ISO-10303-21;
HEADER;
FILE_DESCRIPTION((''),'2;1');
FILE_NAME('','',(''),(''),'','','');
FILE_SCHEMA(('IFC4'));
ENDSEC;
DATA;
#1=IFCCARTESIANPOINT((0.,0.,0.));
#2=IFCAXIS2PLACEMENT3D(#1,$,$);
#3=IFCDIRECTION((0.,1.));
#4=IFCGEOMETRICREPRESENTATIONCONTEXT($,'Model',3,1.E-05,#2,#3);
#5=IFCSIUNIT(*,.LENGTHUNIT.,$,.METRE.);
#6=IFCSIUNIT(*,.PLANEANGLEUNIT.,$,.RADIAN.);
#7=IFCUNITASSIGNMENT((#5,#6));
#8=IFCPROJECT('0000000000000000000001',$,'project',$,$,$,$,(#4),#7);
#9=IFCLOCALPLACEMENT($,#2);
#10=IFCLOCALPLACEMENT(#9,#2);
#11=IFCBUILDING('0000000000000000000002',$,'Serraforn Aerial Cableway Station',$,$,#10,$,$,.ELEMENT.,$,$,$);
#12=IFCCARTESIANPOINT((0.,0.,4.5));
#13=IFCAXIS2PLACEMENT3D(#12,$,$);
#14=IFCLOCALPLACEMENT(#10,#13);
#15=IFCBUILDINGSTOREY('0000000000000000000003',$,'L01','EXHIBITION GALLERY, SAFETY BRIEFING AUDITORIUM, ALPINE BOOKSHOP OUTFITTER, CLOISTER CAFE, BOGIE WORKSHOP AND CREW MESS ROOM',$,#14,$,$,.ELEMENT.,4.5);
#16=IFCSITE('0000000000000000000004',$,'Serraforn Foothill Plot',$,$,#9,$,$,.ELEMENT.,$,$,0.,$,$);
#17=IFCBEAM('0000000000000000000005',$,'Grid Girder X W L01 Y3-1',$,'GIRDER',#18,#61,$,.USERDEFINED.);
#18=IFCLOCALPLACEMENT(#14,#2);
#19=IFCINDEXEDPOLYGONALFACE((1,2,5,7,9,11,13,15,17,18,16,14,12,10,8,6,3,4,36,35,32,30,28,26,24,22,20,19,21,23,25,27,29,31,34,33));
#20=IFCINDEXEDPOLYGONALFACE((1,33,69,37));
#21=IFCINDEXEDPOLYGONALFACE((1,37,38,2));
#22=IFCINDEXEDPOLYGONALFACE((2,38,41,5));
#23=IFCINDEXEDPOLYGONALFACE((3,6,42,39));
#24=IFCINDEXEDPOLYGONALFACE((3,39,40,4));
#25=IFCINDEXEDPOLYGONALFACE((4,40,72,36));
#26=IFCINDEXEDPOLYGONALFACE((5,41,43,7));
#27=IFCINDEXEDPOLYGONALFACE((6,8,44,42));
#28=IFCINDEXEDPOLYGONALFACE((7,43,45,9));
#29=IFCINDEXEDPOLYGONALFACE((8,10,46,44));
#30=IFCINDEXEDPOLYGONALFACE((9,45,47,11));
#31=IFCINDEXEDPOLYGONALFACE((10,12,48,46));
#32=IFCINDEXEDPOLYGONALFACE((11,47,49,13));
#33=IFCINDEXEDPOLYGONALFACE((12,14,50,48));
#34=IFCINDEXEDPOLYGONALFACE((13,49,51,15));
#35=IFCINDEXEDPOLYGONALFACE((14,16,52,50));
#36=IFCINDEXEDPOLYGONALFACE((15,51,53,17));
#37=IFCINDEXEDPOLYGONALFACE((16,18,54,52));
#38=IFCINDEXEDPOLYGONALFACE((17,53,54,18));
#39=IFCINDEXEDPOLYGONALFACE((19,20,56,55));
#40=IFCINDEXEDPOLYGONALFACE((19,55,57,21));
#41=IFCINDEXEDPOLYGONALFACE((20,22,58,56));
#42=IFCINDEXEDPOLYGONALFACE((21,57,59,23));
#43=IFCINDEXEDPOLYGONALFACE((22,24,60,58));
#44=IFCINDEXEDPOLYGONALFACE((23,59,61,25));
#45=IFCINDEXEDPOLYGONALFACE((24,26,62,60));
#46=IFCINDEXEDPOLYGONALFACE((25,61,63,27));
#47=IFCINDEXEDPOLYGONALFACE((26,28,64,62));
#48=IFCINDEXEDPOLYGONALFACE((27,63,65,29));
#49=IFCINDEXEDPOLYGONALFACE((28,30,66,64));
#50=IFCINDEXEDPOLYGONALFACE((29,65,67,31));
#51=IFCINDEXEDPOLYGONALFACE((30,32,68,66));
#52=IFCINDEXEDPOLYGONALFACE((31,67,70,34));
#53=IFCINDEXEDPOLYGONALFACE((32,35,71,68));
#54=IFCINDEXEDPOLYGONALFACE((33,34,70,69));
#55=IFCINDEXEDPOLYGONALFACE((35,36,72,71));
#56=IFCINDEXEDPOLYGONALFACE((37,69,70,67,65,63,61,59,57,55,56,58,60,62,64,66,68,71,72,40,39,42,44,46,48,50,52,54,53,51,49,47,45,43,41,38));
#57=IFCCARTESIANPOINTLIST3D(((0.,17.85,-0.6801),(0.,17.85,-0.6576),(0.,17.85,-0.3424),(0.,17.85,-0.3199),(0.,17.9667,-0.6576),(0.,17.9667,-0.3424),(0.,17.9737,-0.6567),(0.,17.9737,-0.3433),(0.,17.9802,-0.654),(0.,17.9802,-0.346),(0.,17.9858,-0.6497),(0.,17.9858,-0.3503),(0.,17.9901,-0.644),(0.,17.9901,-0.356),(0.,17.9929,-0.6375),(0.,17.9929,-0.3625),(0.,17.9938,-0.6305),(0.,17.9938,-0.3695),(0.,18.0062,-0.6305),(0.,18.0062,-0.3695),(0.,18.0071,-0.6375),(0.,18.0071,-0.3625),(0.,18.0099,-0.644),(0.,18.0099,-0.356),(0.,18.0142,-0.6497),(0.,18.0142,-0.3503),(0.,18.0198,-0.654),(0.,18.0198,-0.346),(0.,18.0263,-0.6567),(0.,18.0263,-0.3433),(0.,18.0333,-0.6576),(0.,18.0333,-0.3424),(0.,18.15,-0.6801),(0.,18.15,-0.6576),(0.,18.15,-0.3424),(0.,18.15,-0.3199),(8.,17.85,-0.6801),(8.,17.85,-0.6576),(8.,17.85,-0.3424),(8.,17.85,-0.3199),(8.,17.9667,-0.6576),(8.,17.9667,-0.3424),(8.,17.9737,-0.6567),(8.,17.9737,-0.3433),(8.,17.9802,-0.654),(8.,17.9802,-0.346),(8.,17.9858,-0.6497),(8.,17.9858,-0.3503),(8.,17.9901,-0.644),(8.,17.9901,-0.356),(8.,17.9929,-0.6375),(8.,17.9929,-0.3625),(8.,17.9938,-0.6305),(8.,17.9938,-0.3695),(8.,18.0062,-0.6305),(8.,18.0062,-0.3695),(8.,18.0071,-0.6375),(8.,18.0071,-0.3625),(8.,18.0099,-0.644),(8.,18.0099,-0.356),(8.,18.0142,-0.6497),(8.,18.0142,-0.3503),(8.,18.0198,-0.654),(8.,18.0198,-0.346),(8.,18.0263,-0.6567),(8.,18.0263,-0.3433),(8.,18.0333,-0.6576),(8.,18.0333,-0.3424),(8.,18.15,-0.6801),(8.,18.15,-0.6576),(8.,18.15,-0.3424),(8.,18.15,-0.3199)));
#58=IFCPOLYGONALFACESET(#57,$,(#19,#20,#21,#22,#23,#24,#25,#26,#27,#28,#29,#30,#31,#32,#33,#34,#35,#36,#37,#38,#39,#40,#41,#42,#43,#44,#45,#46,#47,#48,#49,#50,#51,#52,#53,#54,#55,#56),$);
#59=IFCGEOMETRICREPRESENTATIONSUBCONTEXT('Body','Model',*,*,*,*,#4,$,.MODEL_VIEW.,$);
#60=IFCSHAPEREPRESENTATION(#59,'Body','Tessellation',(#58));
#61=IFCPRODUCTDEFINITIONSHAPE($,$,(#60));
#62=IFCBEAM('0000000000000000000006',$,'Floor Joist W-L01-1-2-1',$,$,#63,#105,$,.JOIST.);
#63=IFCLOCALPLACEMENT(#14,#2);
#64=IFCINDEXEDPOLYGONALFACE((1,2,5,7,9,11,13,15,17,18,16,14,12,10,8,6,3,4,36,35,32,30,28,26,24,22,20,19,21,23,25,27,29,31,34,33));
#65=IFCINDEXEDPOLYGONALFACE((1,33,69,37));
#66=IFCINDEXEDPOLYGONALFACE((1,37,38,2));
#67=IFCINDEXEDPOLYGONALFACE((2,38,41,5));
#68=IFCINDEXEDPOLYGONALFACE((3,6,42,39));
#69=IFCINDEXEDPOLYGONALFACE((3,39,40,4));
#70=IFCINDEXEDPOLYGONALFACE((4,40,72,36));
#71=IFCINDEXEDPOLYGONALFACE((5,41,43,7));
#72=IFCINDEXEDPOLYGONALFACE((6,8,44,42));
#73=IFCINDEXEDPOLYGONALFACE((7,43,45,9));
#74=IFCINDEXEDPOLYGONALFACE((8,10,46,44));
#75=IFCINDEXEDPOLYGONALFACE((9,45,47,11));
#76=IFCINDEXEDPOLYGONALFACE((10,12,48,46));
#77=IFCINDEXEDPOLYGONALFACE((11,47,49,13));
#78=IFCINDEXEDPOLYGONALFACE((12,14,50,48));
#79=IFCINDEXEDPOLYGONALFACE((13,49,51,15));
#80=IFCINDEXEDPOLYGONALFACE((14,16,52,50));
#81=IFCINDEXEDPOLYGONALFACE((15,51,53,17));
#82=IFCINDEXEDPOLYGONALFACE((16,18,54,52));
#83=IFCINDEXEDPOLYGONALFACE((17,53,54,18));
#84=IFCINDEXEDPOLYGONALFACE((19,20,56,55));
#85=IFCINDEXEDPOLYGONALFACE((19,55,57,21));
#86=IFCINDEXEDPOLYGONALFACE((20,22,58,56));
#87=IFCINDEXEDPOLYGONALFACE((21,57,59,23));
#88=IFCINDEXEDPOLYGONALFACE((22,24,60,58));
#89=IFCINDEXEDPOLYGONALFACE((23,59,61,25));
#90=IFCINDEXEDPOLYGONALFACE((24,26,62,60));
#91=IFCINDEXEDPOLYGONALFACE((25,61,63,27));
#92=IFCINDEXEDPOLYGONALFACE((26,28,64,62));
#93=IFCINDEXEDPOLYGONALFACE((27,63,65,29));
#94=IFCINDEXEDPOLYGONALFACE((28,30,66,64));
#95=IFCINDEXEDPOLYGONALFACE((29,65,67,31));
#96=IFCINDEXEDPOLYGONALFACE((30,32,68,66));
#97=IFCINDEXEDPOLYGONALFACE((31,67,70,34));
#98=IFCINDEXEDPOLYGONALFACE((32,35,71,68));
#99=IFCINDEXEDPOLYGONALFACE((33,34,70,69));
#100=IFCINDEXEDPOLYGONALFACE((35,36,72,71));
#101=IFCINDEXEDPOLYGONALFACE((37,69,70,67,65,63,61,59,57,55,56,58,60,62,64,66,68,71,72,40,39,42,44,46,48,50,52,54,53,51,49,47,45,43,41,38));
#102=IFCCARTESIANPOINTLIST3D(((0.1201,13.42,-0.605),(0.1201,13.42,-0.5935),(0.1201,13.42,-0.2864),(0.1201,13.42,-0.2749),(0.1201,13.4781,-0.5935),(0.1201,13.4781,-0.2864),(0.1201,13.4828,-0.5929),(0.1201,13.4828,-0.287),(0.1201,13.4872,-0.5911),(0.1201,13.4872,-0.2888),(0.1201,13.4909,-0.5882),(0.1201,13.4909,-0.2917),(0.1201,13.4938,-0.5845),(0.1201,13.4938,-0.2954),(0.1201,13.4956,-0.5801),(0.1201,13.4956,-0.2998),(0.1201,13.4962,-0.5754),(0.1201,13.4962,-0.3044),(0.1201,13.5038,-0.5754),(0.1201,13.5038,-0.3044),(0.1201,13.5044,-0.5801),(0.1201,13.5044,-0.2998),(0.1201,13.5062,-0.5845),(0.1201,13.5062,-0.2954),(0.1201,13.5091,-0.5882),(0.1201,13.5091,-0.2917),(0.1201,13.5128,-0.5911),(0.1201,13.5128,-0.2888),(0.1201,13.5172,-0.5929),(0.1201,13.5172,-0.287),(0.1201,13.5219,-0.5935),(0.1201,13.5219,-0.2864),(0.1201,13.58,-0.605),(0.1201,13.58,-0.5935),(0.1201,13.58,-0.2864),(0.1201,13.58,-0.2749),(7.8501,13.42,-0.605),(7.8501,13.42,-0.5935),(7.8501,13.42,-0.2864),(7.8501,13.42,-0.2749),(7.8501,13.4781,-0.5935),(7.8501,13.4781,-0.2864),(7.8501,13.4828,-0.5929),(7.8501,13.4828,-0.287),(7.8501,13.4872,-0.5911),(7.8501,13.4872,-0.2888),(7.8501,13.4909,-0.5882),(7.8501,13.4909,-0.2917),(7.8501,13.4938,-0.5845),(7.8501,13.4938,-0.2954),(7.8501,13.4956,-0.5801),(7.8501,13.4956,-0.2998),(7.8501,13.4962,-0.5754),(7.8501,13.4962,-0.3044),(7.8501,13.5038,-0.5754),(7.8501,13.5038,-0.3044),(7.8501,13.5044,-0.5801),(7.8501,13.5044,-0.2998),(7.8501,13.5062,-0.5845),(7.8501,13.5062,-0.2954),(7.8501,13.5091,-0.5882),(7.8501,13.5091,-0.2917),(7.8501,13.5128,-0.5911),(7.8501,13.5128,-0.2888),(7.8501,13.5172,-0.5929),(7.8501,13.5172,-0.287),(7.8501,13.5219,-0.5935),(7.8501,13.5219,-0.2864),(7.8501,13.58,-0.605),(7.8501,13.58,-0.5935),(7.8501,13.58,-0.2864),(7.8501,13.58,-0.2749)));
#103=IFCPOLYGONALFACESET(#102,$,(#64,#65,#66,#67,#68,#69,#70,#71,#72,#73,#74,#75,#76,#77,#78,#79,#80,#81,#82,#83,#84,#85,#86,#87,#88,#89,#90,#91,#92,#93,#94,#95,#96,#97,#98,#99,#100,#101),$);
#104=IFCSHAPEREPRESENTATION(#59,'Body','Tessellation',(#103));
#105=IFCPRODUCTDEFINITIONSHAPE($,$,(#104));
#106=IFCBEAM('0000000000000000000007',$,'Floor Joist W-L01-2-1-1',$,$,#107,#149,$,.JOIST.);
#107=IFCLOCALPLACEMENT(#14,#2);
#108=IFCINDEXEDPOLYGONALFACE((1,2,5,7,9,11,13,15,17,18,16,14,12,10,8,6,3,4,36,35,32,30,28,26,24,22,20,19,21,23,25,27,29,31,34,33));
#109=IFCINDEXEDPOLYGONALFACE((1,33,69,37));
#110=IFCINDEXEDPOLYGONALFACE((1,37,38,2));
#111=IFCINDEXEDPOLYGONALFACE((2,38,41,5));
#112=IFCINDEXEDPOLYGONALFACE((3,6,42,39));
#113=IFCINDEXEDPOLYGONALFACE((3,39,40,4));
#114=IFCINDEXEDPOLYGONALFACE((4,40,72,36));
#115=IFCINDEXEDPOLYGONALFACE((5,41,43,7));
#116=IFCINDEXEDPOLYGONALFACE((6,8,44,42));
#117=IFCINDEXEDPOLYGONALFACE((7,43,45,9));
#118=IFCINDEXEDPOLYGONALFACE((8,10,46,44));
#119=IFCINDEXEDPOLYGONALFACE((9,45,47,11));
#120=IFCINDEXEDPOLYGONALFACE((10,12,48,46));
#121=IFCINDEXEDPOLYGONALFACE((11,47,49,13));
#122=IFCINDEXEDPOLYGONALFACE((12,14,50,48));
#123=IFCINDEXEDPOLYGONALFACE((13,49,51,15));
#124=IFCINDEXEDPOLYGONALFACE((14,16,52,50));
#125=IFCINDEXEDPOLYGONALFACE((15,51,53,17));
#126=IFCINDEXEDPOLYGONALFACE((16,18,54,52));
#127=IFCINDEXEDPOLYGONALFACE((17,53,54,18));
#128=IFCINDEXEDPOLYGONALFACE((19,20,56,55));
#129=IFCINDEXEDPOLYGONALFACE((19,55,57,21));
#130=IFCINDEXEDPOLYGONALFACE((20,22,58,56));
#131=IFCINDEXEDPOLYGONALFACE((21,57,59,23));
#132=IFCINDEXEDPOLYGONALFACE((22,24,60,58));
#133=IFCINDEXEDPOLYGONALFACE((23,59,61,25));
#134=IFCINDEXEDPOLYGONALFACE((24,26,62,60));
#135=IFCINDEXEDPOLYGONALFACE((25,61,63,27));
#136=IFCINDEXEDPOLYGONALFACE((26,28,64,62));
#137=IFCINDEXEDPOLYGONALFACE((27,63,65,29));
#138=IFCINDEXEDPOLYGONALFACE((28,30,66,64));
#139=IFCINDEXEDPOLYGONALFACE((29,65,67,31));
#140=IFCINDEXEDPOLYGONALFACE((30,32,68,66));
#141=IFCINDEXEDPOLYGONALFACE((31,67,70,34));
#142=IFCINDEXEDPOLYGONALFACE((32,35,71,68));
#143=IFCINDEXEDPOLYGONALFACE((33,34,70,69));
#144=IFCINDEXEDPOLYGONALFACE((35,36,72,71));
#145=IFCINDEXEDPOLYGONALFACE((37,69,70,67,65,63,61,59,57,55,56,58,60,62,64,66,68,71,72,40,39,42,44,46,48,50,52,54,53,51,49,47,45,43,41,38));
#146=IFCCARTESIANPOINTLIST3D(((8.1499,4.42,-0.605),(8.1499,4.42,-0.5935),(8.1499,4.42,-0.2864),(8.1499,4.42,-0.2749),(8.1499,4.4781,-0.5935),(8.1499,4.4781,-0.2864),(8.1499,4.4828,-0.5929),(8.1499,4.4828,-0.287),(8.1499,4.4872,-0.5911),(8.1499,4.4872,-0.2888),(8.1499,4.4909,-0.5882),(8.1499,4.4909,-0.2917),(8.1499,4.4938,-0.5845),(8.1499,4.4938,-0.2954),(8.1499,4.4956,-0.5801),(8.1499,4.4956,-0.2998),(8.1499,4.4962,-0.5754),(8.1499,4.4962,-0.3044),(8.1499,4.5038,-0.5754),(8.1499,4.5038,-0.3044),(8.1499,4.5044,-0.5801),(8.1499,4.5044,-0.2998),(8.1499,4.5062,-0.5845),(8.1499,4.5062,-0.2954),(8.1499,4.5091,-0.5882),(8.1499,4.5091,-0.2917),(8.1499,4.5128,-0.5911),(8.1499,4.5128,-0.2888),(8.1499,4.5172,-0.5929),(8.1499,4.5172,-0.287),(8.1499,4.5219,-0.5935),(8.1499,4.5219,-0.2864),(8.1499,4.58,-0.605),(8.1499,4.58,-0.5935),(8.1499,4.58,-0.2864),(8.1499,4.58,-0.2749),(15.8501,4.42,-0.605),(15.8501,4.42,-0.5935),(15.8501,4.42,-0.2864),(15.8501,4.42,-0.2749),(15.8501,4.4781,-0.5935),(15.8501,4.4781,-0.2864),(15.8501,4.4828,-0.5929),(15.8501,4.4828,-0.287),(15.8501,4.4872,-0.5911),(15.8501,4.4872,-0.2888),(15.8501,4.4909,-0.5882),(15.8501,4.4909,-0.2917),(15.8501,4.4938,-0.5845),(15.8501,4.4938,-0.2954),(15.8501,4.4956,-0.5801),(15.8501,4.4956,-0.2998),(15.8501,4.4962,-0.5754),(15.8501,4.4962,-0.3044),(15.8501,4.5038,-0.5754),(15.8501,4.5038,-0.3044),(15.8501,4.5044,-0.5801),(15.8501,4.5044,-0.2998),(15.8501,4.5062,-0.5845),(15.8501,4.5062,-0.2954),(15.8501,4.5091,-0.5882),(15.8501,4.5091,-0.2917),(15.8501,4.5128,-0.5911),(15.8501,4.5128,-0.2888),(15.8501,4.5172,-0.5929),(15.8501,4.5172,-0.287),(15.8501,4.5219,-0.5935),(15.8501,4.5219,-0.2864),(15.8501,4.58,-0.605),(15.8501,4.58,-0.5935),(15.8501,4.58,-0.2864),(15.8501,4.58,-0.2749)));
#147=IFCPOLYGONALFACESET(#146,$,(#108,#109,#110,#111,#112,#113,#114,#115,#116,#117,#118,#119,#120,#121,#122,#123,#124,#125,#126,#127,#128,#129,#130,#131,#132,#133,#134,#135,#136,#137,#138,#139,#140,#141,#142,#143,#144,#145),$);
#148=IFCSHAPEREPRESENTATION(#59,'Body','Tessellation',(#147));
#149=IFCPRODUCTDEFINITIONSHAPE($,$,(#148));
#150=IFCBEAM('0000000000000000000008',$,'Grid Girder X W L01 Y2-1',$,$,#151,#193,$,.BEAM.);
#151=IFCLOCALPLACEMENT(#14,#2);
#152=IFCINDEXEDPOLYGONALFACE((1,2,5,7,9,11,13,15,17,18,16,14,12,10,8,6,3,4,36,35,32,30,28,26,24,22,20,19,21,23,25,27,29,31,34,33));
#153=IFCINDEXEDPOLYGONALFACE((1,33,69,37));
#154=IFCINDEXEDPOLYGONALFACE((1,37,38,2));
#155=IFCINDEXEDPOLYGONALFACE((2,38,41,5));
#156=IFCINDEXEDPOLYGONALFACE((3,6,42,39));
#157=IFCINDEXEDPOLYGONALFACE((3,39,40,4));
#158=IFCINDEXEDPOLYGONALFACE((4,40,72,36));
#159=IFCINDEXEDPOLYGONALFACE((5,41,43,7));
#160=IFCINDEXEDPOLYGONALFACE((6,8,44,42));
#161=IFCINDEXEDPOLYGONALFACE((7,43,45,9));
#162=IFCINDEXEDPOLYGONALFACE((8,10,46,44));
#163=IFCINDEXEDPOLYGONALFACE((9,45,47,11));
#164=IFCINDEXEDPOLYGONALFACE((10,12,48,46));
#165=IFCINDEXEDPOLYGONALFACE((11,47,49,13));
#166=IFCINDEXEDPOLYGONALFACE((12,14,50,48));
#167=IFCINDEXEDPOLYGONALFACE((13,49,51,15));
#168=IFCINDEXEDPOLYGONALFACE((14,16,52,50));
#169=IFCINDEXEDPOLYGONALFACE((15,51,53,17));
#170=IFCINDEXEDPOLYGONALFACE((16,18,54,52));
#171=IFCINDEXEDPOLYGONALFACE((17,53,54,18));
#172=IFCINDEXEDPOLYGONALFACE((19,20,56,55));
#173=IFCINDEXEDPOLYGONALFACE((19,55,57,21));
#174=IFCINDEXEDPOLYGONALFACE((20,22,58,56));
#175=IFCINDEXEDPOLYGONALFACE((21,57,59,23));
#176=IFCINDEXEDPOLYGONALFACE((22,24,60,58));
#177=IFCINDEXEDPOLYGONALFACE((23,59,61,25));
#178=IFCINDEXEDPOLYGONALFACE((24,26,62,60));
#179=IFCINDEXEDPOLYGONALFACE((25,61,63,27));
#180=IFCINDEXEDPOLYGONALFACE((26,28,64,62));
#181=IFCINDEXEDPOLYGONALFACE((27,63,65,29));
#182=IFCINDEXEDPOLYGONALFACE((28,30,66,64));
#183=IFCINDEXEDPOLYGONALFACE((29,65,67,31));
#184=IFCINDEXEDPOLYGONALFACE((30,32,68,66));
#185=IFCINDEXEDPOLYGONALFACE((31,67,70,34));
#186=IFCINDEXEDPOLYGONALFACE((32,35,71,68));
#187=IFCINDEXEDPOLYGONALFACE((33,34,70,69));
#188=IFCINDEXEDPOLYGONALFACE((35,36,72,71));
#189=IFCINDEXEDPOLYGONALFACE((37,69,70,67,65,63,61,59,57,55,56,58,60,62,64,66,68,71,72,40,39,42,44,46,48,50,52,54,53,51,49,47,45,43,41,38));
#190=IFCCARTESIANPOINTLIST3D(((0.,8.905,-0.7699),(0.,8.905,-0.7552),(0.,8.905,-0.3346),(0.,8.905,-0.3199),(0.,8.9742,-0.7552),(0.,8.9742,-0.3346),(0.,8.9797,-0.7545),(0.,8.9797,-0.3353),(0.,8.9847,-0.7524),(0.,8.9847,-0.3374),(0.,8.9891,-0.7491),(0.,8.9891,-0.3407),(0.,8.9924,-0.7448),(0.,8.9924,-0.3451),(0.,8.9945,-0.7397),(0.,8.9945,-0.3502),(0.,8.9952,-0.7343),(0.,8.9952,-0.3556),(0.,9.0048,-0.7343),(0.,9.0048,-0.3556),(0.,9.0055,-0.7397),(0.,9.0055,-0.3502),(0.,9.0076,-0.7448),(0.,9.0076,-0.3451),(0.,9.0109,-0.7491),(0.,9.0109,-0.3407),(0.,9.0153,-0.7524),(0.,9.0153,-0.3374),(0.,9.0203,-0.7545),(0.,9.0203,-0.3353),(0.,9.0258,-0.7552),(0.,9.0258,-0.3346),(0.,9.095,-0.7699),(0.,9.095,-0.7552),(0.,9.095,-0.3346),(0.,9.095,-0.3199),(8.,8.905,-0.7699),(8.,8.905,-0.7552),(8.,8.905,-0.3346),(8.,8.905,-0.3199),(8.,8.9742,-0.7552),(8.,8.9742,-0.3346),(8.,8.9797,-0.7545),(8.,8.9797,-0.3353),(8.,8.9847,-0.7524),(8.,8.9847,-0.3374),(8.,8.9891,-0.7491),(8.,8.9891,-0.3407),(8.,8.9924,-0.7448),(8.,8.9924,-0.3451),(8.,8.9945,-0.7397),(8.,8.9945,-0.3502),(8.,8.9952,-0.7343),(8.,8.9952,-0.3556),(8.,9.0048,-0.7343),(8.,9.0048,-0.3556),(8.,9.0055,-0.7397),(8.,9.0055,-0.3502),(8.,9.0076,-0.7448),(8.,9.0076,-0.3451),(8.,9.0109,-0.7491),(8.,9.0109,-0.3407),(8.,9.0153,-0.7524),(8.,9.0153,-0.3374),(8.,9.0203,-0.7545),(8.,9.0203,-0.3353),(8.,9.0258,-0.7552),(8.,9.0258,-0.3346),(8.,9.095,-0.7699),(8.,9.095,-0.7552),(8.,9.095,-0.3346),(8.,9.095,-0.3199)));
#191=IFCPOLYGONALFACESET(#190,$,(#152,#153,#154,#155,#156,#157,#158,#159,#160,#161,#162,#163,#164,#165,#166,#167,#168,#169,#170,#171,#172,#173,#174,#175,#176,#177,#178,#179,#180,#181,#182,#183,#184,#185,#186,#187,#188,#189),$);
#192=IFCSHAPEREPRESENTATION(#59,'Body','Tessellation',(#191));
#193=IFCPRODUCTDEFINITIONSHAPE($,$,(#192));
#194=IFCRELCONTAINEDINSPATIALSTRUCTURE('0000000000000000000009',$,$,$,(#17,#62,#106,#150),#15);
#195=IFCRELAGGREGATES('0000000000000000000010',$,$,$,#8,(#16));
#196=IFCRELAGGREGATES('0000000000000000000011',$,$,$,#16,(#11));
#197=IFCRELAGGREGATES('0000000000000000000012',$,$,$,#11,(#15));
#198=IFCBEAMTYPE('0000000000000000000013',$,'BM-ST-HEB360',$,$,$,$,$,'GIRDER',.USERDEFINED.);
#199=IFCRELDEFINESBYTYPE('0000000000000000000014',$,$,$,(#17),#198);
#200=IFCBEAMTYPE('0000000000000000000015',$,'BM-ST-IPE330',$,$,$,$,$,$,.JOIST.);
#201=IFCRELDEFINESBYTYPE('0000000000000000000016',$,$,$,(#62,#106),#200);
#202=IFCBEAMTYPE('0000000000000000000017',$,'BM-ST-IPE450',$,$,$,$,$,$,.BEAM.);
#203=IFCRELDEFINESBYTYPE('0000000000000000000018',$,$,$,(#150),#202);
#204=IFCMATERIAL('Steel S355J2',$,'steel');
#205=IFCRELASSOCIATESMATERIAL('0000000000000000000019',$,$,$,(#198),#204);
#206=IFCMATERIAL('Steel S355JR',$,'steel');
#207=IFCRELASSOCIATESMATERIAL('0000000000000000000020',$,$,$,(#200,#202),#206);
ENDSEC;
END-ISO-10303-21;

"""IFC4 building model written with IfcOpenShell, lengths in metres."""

from ifc_helpers import new_model, si_unit, direction, frame, origin, origin_2d, place, context, subcontext, project, spatial, i_section, extrude, material, material_profile, profile_set, type_object, element, save


model = new_model("IFC4")

# Units and contexts
model_context = context("Model", 3, precision=1e-05, world=origin(), true_north=direction((0.0, 1.0)))
body_context = subcontext(model_context, "Body", "Model", "MODEL_VIEW")
ifc_project = project(units=[si_unit("LENGTHUNIT", "METRE"), si_unit("PLANEANGLEUNIT", "RADIAN")], contexts=[model_context])

# Site, building, storey
site_placement = place(None, origin())
site = spatial("IfcSite", under=ifc_project, at=site_placement, Name="Serraforn Foothill Plot", CompositionType="ELEMENT", RefElevation=0.0)
building_placement = place(site_placement, origin())
building = spatial("IfcBuilding", under=site, at=building_placement, Name="Serraforn Aerial Cableway Station", CompositionType="ELEMENT")
storey_placement = place(building_placement, frame((0.0, 0.0, 4.5)))
storey = spatial("IfcBuildingStorey", under=building, at=storey_placement, Name="L01", Description="EXHIBITION GALLERY, SAFETY BRIEFING AUDITORIUM, ALPINE BOOKSHOP OUTFITTER, CLOISTER CAFE, BOGIE WORKSHOP AND CREW MESS ROOM", CompositionType="ELEMENT", Elevation=4.5)

# Beams
ifc_material_1 = material(Name="Steel S355JR", Category="steel")
ifc_material_2 = material(Name="Steel S355J2", Category="steel")
ifc_material_profile_1 = material_profile(ifc_material_2, i_section(OverallWidth=0.3, OverallDepth=0.3601, WebThickness=0.0125, FlangeThickness=0.0225, FilletRadius=0.0271, at=origin_2d()), Name="HEB 360")
ifc_profile_set_1 = profile_set([ifc_material_profile_1], Name="Steel S355J2")
beam_type_1 = type_object("IfcBeamType", Name="BM-ST-HEB360", ElementType="GIRDER", PredefinedType="USERDEFINED", material=ifc_profile_set_1)
for number, where, z_axis, x_axis, name in (
    (1, (0.0, 18.0, -0.5), (1.0, 0.0, 0.0), (0.0, 1.0, 0.0), "Grid Girder X W L01 Y3-1"),
):
    element("IfcBeam", number, at=place(storey_placement, frame(where, z_axis=z_axis, x_axis=x_axis)), inside=storey, type_object=beam_type_1, Name=name, ObjectType="GIRDER", PredefinedType="USERDEFINED", context=body_context, shape_type="SweptSolid", body=[
        extrude(i_section(OverallWidth=0.3, OverallDepth=0.3601, WebThickness=0.0125, FlangeThickness=0.0225, FilletRadius=0.0271, at=origin_2d()), origin(), (0.0, 0.0, 1.0), 8.0),
    ])
ifc_material_profile_2 = material_profile(ifc_material_1, i_section(OverallWidth=0.1599, OverallDepth=0.3301, WebThickness=0.0076, FlangeThickness=0.0115, FilletRadius=0.0181, at=origin_2d()), Name="IPE 330")
ifc_profile_set_2 = profile_set([ifc_material_profile_2], Name="Steel S355JR")
beam_type_2 = type_object("IfcBeamType", Name="BM-ST-IPE330", PredefinedType="JOIST", material=ifc_profile_set_2)
beam_1_placement = place(storey_placement, frame((0.1201, 13.5, -0.4399), z_axis=(1.0, 0.0, 0.0), x_axis=(0.0, 1.0, 0.0)))
element("IfcBeam", 2, at=beam_1_placement, inside=storey, type_object=beam_type_2, Name="Floor Joist W-L01-1-2-1", PredefinedType="JOIST", context=body_context, shape_type="SweptSolid", body=[
    extrude(i_section(OverallWidth=0.1599, OverallDepth=0.3301, WebThickness=0.0076, FlangeThickness=0.0115, FilletRadius=0.0181, at=origin_2d()), origin(), (0.0, 0.0, 1.0), 7.73),
])
beam_2_placement = place(storey_placement, frame((8.1499, 4.5, -0.4399), z_axis=(1.0, 0.0, 0.0), x_axis=(0.0, 1.0, 0.0)))
element("IfcBeam", 3, at=beam_2_placement, inside=storey, type_object=beam_type_2, Name="Floor Joist W-L01-2-1-1", PredefinedType="JOIST", context=body_context, shape_type="SweptSolid", body=[
    extrude(i_section(OverallWidth=0.1599, OverallDepth=0.3301, WebThickness=0.0076, FlangeThickness=0.0115, FilletRadius=0.0181, at=origin_2d()), origin(), (0.0, 0.0, 1.0), 7.7002),
])
ifc_material_profile_3 = material_profile(ifc_material_1, i_section(OverallWidth=0.1899, OverallDepth=0.45, WebThickness=0.0095, FlangeThickness=0.0146, FilletRadius=0.021, at=origin_2d()), Name="IPE 450")
ifc_profile_set_3 = profile_set([ifc_material_profile_3], Name="Steel S355JR")
beam_type_3 = type_object("IfcBeamType", Name="BM-ST-IPE450", PredefinedType="BEAM", material=ifc_profile_set_3)
beam_3_placement = place(storey_placement, frame((0.0, 9.0, -0.5449), z_axis=(1.0, 0.0, 0.0), x_axis=(0.0, 1.0, 0.0)))
element("IfcBeam", 4, at=beam_3_placement, inside=storey, type_object=beam_type_3, Name="Grid Girder X W L01 Y2-1", PredefinedType="BEAM", context=body_context, shape_type="SweptSolid", body=[
    extrude(i_section(OverallWidth=0.1899, OverallDepth=0.45, WebThickness=0.0095, FlangeThickness=0.0146, FilletRadius=0.021, at=origin_2d()), origin(), (0.0, 0.0, 1.0), 8.0),
])

save(model, "model.ifc")
